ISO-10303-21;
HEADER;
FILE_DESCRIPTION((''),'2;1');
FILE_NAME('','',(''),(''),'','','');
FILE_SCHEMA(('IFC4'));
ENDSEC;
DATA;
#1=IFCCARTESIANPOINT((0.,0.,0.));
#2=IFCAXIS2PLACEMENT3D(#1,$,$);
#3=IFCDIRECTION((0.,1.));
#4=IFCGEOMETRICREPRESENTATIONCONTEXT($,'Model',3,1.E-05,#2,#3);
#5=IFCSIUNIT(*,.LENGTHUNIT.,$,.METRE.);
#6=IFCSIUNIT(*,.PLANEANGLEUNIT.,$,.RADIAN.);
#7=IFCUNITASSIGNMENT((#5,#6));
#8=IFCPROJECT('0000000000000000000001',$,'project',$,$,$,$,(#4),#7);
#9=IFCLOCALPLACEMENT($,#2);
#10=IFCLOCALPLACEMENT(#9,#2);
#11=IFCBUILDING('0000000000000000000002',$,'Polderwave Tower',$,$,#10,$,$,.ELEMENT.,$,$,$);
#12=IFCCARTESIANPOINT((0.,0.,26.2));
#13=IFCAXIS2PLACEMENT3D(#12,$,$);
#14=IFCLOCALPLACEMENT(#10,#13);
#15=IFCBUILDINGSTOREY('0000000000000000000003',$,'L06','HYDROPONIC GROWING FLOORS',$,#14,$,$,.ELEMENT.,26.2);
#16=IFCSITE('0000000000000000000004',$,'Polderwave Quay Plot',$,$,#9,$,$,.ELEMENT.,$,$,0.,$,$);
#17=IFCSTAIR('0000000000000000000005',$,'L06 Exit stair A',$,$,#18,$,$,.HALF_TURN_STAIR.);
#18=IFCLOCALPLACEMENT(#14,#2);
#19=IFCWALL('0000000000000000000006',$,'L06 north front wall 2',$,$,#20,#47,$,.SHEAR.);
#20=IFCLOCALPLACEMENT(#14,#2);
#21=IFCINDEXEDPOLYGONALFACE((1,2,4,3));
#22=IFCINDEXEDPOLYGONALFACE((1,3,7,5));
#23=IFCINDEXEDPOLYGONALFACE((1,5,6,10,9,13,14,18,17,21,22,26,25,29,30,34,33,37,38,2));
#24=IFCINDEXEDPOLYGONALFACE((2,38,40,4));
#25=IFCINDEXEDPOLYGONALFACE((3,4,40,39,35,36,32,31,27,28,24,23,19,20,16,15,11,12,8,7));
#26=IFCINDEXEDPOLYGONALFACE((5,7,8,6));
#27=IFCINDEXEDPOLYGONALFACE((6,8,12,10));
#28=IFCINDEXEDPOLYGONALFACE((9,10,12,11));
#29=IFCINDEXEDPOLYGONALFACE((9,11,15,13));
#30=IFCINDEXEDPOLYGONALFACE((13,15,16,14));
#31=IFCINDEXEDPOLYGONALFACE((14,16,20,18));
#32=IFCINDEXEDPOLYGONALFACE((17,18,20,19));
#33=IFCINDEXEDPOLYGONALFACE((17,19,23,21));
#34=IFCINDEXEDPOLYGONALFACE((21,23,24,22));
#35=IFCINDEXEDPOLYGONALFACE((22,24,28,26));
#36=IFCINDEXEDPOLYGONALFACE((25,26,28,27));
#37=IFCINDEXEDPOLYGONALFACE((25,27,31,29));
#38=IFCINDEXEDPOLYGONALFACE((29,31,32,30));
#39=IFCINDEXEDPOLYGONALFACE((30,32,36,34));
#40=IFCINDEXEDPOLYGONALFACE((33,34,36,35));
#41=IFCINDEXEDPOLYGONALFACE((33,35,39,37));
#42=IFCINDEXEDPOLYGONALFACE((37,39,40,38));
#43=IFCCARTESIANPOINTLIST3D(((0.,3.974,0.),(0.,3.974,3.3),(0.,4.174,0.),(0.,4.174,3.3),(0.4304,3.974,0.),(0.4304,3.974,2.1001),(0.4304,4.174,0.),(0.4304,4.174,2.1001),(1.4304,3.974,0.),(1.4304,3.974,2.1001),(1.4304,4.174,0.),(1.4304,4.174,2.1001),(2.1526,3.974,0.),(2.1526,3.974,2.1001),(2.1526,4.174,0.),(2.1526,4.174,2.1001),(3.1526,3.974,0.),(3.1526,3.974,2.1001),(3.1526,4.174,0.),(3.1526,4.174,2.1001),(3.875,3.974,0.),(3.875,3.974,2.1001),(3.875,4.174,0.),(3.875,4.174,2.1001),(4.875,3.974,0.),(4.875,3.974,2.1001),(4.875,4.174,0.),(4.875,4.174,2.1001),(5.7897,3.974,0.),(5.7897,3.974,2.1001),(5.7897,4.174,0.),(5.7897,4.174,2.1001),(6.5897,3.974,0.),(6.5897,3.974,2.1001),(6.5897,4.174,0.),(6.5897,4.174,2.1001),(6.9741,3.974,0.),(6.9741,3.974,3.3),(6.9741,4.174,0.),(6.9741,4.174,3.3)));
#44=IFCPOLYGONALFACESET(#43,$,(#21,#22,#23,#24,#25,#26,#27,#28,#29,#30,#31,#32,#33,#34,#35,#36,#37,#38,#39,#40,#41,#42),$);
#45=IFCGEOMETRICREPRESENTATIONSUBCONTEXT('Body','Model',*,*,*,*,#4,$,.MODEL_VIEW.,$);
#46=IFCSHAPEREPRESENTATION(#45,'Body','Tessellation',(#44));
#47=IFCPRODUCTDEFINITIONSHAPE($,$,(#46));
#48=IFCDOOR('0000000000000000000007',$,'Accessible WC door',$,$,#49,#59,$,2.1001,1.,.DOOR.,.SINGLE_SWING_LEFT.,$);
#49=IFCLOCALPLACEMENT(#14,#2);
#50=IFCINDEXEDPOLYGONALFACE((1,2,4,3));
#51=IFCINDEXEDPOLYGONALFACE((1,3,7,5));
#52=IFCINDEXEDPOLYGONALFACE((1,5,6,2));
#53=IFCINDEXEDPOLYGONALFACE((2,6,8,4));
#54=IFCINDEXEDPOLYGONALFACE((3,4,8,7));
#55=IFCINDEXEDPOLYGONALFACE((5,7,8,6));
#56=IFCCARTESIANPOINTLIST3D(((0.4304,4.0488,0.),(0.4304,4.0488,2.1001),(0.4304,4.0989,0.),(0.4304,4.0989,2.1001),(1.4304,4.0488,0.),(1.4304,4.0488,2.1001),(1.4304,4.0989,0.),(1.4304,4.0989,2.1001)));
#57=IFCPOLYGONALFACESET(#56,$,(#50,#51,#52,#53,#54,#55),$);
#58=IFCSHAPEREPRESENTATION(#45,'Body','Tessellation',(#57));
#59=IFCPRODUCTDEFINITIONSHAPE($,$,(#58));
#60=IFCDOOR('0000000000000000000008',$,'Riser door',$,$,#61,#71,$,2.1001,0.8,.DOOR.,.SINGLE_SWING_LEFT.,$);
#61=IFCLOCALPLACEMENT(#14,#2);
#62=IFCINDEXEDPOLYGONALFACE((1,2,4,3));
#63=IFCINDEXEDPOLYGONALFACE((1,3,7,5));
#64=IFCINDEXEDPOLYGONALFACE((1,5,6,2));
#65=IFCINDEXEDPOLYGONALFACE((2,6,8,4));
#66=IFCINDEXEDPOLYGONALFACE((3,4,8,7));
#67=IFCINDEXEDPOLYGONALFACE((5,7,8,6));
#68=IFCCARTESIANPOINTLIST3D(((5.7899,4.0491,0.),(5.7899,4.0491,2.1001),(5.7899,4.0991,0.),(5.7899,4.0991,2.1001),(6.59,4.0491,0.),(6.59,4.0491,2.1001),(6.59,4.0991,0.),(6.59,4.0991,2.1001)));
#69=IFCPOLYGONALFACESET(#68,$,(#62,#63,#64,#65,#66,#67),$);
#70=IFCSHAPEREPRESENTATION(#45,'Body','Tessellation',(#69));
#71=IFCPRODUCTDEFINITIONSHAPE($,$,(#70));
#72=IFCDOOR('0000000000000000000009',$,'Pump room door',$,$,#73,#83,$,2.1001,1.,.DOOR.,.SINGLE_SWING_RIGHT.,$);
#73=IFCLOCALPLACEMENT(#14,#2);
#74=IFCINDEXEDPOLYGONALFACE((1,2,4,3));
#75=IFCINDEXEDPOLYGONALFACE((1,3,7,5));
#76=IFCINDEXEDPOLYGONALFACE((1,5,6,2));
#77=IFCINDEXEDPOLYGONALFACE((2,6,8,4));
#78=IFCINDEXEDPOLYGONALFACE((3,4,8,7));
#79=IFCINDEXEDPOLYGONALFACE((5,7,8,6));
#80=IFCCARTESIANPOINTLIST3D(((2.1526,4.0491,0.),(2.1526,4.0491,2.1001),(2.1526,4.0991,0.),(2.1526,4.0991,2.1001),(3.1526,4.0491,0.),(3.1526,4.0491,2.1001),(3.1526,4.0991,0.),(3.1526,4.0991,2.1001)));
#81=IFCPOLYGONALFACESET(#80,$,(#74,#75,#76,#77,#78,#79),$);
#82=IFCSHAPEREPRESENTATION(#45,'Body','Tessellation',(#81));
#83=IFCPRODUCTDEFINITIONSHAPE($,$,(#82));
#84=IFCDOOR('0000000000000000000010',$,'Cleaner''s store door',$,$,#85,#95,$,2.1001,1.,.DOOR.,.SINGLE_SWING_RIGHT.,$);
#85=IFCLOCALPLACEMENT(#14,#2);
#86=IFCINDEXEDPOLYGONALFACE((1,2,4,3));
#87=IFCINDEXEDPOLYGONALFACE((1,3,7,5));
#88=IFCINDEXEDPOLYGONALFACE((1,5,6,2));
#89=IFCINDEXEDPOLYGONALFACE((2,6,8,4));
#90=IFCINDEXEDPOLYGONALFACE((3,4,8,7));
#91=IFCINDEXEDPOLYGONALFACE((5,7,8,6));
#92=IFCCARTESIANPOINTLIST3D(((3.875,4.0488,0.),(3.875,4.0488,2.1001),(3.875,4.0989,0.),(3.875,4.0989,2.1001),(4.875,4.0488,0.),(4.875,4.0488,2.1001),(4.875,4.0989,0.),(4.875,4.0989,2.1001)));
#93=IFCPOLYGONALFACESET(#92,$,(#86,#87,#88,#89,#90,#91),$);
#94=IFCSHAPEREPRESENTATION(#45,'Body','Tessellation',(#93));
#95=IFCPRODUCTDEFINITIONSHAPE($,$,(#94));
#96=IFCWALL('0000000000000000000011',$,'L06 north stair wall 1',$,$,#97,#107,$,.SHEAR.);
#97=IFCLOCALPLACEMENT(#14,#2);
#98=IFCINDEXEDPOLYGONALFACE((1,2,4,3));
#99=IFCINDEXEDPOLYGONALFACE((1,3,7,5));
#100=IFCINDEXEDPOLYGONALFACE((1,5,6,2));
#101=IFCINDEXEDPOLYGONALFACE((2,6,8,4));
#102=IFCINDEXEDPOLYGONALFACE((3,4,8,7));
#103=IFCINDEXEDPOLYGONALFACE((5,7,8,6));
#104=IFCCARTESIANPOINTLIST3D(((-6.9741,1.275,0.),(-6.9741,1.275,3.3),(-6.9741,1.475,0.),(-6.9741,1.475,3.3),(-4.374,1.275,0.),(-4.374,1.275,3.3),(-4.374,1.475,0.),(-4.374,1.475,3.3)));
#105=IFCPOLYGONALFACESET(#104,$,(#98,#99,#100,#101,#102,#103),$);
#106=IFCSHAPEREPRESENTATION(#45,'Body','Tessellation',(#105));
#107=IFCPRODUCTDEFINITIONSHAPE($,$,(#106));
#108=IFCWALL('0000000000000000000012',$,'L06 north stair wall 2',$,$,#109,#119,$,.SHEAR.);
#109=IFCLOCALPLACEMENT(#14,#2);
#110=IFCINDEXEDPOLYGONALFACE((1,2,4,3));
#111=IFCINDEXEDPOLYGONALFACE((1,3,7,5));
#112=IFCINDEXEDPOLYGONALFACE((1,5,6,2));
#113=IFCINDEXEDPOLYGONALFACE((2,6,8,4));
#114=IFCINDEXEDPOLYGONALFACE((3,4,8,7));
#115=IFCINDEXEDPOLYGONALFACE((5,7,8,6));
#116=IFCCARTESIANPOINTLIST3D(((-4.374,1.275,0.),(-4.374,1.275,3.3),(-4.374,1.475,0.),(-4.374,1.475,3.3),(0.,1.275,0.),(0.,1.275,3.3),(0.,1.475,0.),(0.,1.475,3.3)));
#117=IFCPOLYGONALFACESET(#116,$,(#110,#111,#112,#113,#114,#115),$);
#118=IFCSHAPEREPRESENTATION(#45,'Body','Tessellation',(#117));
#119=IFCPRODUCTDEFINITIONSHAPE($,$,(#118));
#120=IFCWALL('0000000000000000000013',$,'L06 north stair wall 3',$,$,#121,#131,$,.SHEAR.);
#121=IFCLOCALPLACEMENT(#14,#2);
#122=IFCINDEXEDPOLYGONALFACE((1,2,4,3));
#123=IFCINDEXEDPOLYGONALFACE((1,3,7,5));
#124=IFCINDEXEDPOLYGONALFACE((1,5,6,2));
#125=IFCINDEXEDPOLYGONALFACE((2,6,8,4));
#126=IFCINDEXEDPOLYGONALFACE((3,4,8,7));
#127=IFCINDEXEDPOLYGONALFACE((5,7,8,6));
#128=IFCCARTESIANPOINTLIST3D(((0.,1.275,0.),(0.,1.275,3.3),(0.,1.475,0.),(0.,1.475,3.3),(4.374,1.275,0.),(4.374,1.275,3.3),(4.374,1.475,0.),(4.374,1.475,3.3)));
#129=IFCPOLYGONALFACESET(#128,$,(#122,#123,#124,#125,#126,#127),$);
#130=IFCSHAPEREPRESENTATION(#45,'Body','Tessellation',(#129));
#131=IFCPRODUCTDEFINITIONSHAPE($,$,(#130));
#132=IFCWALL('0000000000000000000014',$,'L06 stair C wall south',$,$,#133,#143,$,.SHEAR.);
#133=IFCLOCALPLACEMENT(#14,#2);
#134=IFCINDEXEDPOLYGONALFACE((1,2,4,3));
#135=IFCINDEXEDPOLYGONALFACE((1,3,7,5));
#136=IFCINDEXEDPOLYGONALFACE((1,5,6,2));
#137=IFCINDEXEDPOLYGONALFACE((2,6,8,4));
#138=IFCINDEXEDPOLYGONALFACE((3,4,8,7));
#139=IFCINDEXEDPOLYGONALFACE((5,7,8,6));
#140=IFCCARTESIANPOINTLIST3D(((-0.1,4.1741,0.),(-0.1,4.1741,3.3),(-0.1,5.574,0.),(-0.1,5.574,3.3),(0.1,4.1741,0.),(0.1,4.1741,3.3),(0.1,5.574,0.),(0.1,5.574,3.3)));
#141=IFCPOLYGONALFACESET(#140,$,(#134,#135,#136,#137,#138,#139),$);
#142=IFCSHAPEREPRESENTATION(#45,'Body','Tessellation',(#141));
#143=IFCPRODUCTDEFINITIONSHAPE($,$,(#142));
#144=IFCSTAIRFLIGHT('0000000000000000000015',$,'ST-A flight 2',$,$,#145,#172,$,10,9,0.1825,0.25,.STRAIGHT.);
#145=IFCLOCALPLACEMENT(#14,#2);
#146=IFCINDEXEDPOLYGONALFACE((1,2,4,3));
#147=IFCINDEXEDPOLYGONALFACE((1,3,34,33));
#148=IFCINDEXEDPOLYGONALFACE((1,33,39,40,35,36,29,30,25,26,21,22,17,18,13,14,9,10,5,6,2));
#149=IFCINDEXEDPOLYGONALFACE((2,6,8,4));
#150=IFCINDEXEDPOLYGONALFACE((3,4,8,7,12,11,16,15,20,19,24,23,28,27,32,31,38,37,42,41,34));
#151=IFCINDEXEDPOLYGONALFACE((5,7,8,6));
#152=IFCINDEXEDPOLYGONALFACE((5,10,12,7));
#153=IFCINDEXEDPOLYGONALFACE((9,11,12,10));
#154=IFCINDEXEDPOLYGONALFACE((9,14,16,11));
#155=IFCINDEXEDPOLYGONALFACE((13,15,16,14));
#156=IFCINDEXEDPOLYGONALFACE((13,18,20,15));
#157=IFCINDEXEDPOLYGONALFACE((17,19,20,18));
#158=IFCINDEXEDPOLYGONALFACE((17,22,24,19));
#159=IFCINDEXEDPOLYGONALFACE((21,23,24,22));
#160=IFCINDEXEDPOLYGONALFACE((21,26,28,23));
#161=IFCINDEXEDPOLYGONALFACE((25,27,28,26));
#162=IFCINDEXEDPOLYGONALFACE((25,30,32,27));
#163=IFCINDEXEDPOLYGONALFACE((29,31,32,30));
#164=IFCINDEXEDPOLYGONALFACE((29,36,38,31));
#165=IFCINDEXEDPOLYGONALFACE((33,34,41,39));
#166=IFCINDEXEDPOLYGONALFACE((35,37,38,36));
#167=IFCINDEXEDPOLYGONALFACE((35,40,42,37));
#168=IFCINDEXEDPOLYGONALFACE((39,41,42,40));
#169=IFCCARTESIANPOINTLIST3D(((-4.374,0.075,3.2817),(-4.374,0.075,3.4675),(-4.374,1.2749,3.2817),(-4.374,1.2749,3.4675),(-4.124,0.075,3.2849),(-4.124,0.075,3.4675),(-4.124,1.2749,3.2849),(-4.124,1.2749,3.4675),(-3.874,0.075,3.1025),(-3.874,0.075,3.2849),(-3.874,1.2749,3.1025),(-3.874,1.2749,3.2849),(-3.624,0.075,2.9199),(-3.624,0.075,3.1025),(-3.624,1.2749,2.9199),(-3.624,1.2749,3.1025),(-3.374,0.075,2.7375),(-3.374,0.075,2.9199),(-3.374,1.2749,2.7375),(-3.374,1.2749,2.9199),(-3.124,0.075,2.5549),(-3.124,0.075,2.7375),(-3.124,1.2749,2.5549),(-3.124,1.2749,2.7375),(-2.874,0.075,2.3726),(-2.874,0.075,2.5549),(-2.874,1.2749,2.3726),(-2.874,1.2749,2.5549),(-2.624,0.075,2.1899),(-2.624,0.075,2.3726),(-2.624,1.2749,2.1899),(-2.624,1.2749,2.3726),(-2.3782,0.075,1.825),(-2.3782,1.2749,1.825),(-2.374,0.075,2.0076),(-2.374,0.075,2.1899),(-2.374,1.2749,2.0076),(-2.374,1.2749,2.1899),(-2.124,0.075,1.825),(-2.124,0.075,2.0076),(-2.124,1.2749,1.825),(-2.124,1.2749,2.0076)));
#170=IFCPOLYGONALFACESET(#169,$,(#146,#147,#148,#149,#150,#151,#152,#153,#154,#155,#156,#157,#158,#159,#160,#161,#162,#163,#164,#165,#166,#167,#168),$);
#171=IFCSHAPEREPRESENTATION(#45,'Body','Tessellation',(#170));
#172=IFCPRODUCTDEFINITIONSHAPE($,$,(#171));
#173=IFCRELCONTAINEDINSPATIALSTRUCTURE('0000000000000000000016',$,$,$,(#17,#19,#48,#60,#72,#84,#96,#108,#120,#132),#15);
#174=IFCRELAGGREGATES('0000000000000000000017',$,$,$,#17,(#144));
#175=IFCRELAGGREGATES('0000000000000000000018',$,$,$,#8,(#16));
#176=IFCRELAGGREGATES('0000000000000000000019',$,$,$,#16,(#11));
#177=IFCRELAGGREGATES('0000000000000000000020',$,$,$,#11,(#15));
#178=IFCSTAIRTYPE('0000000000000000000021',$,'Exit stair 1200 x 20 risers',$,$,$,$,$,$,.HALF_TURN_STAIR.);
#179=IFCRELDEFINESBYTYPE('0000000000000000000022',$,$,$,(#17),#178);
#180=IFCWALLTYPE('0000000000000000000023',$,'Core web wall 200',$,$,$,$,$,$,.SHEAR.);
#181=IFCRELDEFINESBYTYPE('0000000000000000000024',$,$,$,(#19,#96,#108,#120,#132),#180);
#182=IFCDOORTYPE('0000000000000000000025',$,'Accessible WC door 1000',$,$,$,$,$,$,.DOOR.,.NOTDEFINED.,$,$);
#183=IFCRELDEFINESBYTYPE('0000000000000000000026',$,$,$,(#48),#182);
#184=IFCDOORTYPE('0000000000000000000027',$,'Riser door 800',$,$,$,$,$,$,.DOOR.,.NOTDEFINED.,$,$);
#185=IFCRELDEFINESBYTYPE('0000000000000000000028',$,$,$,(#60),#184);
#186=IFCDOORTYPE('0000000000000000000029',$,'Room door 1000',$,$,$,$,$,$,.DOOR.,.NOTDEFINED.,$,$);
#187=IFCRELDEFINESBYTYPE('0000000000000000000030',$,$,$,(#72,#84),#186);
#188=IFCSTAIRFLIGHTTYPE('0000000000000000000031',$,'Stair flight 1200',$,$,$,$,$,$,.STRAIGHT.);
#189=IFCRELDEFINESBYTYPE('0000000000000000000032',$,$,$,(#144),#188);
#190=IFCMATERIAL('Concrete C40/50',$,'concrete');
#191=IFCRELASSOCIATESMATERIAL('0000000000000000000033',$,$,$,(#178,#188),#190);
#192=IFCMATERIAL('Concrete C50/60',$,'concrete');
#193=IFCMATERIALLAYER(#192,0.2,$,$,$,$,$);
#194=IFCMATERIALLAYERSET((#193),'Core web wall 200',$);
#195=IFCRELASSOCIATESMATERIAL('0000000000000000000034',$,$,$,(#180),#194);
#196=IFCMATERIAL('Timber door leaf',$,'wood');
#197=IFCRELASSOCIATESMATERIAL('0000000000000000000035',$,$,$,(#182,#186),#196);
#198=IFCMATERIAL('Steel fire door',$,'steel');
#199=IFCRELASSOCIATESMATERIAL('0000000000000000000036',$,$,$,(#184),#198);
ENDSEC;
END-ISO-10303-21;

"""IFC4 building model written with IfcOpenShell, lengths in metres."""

from ifc_helpers import new_model, si_unit, direction, frame, frame_2d, origin, place, context, subcontext, project, spatial, polyline, rectangle, outline, extrude, material, layer, layer_set, type_object, element, fill, aggregate, save


model = new_model("IFC4")

# Units and contexts
model_context = context("Model", 3, precision=1e-05, world=origin(), true_north=direction((0.0, 1.0)))
body_context = subcontext(model_context, "Body", "Model", "MODEL_VIEW")
ifc_project = project(units=[si_unit("LENGTHUNIT", "METRE"), si_unit("PLANEANGLEUNIT", "RADIAN")], contexts=[model_context])

# Site, building, storey
site_placement = place(None, origin())
site = spatial("IfcSite", under=ifc_project, at=site_placement, Name="Polderwave Quay Plot", CompositionType="ELEMENT", RefElevation=0.0)
building_placement = place(site_placement, origin())
building = spatial("IfcBuilding", under=site, at=building_placement, Name="Polderwave Tower", CompositionType="ELEMENT")
storey_placement = place(building_placement, frame((0.0, 0.0, 26.2)))
storey = spatial("IfcBuildingStorey", under=building, at=storey_placement, Name="L06", Description="HYDROPONIC GROWING FLOORS", CompositionType="ELEMENT", Elevation=26.2)

# Shared definitions
ifc_material_1 = material(Name="Concrete C40/50", Category="concrete")

# Stair
stair_type = type_object("IfcStairType", Name="Exit stair 1200 x 20 risers", PredefinedType="HALF_TURN_STAIR", material=ifc_material_1)
stair_1_placement = place(storey_placement, origin())
stair_1 = element("IfcStair", 1, at=stair_1_placement, inside=storey, type_object=stair_type, Name="L06 Exit stair A", PredefinedType="HALF_TURN_STAIR")

# Shared definitions
ifc_material_2 = material(Name="Steel fire door", Category="steel")

# Shared definitions
ifc_material_3 = material(Name="Concrete C50/60", Category="concrete")
ifc_layer_1 = layer(ifc_material_3, 0.2)
ifc_layer_set_1 = layer_set([ifc_layer_1], Name="Core web wall 200")
wall_type_1 = type_object("IfcWallType", Name="Core web wall 200", PredefinedType="SHEAR", material=ifc_layer_set_1)

# Wall, openings, doors
wall_1_placement = place(storey_placement, frame((0.0, 4.074, 0.0), z_axis=(0.0, 0.0, 1.0), x_axis=(1.0, 0.0, 0.0)))
wall_1 = element("IfcWall", 2, at=wall_1_placement, inside=storey, type_object=wall_type_1, Name="L06 north front wall 2", PredefinedType="SHEAR", context=body_context, shape_type="SweptSolid", body=[
    extrude(rectangle(XDim=6.9741, YDim=0.2, at=frame_2d((3.4871, 0.0))), origin(), (0.0, 0.0, 1.0), 3.3),
])
opening_1_placement = place(wall_1_placement, frame((0.4304, 0.0, 0.0)))
opening_1 = element("IfcOpeningElement", 3, at=opening_1_placement, cuts=wall_1, PredefinedType="OPENING", context=body_context, shape_type="SweptSolid", body=[
    extrude(rectangle(XDim=1.0, YDim=2.1001, at=frame_2d((0.5, 1.05))), frame((0.0, 0.1099, 0.0), z_axis=(0.0, -1.0, 0.0), x_axis=(1.0, 0.0, 0.0)), (0.0, 0.0, 1.0), 0.22),
])
opening_2_placement = place(wall_1_placement, frame((2.1526, 0.0, 0.0)))
opening_2 = element("IfcOpeningElement", 4, at=opening_2_placement, cuts=wall_1, PredefinedType="OPENING", context=body_context, shape_type="SweptSolid", body=[
    extrude(rectangle(XDim=1.0, YDim=2.1001, at=frame_2d((0.5, 1.05))), frame((0.0, 0.1099, 0.0), z_axis=(0.0, -1.0, 0.0), x_axis=(1.0, 0.0, 0.0)), (0.0, 0.0, 1.0), 0.22),
])
opening_3_placement = place(wall_1_placement, frame((3.875, 0.0, 0.0)))
opening_3 = element("IfcOpeningElement", 5, at=opening_3_placement, cuts=wall_1, PredefinedType="OPENING", context=body_context, shape_type="SweptSolid", body=[
    extrude(rectangle(XDim=1.0, YDim=2.1001, at=frame_2d((0.5, 1.05))), frame((0.0, 0.1099, 0.0), z_axis=(0.0, -1.0, 0.0), x_axis=(1.0, 0.0, 0.0)), (0.0, 0.0, 1.0), 0.22),
])
opening_4_placement = place(wall_1_placement, frame((5.7898, 0.0, 0.0)))
opening_4 = element("IfcOpeningElement", 6, at=opening_4_placement, cuts=wall_1, PredefinedType="OPENING", context=body_context, shape_type="SweptSolid", body=[
    extrude(rectangle(XDim=0.8, YDim=2.1001, at=frame_2d((0.3999, 1.05))), frame((0.0, 0.1099, 0.0), z_axis=(0.0, -1.0, 0.0), x_axis=(1.0, 0.0, 0.0)), (0.0, 0.0, 1.0), 0.22),
])
ifc_material_4 = material(Name="Timber door leaf", Category="wood")
door_type_1 = type_object("IfcDoorType", Name="Accessible WC door 1000", OperationType="NOTDEFINED", PredefinedType="DOOR", material=ifc_material_4)
door_1_placement = place(opening_1_placement, origin())
door_1 = element("IfcDoor", 7, at=door_1_placement, inside=storey, type_object=door_type_1, Name="Accessible WC door", OperationType="SINGLE_SWING_LEFT", OverallHeight=2.1001, OverallWidth=1.0, PredefinedType="DOOR", context=body_context, shape_type="SweptSolid", body=[
    extrude(rectangle(XDim=1.0, YDim=2.1001, at=frame_2d((0.5, 1.05))), frame((0.0, 0.0249, 0.0), z_axis=(0.0, -1.0, 0.0), x_axis=(1.0, 0.0, 0.0)), (0.0, 0.0, 1.0), 0.05),
])
fill(opening_1, door_1)
door_type_2 = type_object("IfcDoorType", Name="Riser door 800", OperationType="NOTDEFINED", PredefinedType="DOOR", material=ifc_material_2)
door_2_placement = place(opening_4_placement, frame((0.8, 0.0, 0.0), z_axis=(0.0, 0.0, 1.0), x_axis=(-1.0, 0.0, 0.0)))
door_2 = element("IfcDoor", 8, at=door_2_placement, inside=storey, type_object=door_type_2, Name="Riser door", OperationType="SINGLE_SWING_LEFT", OverallHeight=2.1001, OverallWidth=0.8, PredefinedType="DOOR", context=body_context, shape_type="SweptSolid", body=[
    extrude(rectangle(XDim=0.8, YDim=2.1001, at=frame_2d((0.3999, 1.05))), frame((0.0, 0.0249, 0.0), z_axis=(0.0, -1.0, 0.0), x_axis=(1.0, 0.0, 0.0)), (0.0, 0.0, 1.0), 0.05),
])
fill(opening_4, door_2)
door_type_3 = type_object("IfcDoorType", Name="Room door 1000", OperationType="NOTDEFINED", PredefinedType="DOOR", material=ifc_material_4)
door_3_placement = place(opening_2_placement, frame((1.0, 0.0, 0.0), z_axis=(0.0, 0.0, 1.0), x_axis=(-1.0, 0.0, 0.0)))
door_3 = element("IfcDoor", 9, at=door_3_placement, inside=storey, type_object=door_type_3, Name="Pump room door", OperationType="SINGLE_SWING_RIGHT", OverallHeight=2.1001, OverallWidth=1.0, PredefinedType="DOOR", context=body_context, shape_type="SweptSolid", body=[
    extrude(rectangle(XDim=1.0, YDim=2.1001, at=frame_2d((0.5, 1.05))), frame((0.0, 0.0249, 0.0), z_axis=(0.0, -1.0, 0.0), x_axis=(1.0, 0.0, 0.0)), (0.0, 0.0, 1.0), 0.05),
])
fill(opening_2, door_3)
door_4_placement = place(opening_3_placement, origin())
door_4 = element("IfcDoor", 10, at=door_4_placement, inside=storey, type_object=door_type_3, Name="Cleaner's store door", OperationType="SINGLE_SWING_RIGHT", OverallHeight=2.1001, OverallWidth=1.0, PredefinedType="DOOR", context=body_context, shape_type="SweptSolid", body=[
    extrude(rectangle(XDim=1.0, YDim=2.1001, at=frame_2d((0.5, 1.05))), frame((0.0, 0.0249, 0.0), z_axis=(0.0, -1.0, 0.0), x_axis=(1.0, 0.0, 0.0)), (0.0, 0.0, 1.0), 0.05),
])
fill(opening_3, door_4)

# Walls
wall_2_placement = place(storey_placement, frame((-6.9741, 1.375, 0.0), z_axis=(0.0, 0.0, 1.0), x_axis=(1.0, 0.0, 0.0)))
element("IfcWall", 11, at=wall_2_placement, inside=storey, type_object=wall_type_1, Name="L06 north stair wall 1", PredefinedType="SHEAR", context=body_context, shape_type="SweptSolid", body=[
    extrude(rectangle(XDim=2.6001, YDim=0.2, at=frame_2d((1.3, 0.0))), origin(), (0.0, 0.0, 1.0), 3.3),
])
for number, where, z_axis, x_axis, name in (
    (12, (-4.374, 1.375, 0.0), (0.0, 0.0, 1.0), (1.0, 0.0, 0.0), "L06 north stair wall 2"),
    (13, (0.0, 1.375, 0.0), (0.0, 0.0, 1.0), (1.0, 0.0, 0.0), "L06 north stair wall 3"),
):
    element("IfcWall", number, at=place(storey_placement, frame(where, z_axis=z_axis, x_axis=x_axis)), inside=storey, type_object=wall_type_1, Name=name, PredefinedType="SHEAR", context=body_context, shape_type="SweptSolid", body=[
        extrude(rectangle(XDim=4.374, YDim=0.2, at=frame_2d((2.187, 0.0))), origin(), (0.0, 0.0, 1.0), 3.3),
    ])
wall_3_placement = place(storey_placement, frame((0.0, 4.1741, 0.0), z_axis=(0.0, 0.0, 1.0), x_axis=(0.0, 1.0, 0.0)))
element("IfcWall", 14, at=wall_3_placement, inside=storey, type_object=wall_type_1, Name="L06 stair C wall south", PredefinedType="SHEAR", context=body_context, shape_type="SweptSolid", body=[
    extrude(rectangle(XDim=1.3999, YDim=0.2, at=frame_2d((0.7, 0.0))), origin(), (0.0, 0.0, 1.0), 3.3),
])

# Stair flight
stair_flight_type = type_object("IfcStairFlightType", Name="Stair flight 1200", PredefinedType="STRAIGHT", material=ifc_material_1)
stair_flight_1_placement = place(storey_placement, frame((-2.124, 0.675, 1.825), z_axis=(0.0, 0.0, 1.0), x_axis=(-1.0, 0.0, 0.0)))
stair_flight_1 = element("IfcStairFlight", 15, at=stair_flight_1_placement, type_object=stair_flight_type, Name="ST-A flight 2", NumberOfRisers=10, NumberOfTreads=9, PredefinedType="STRAIGHT", RiserHeight=0.1825, TreadLength=0.25, context=body_context, shape_type="SweptSolid", body=[
    extrude(outline(polyline([(0.0, 0.0), (0.0, 0.1826), (0.25, 0.1826), (0.25, 0.365), (0.5, 0.365), (0.5, 0.5476), (0.75, 0.5476), (0.75, 0.73), (1.0, 0.73), (1.0, 0.9126), (1.25, 0.9126), (1.25, 1.095), (1.5, 1.095), (1.5, 1.2776), (1.75, 1.2776), (1.75, 1.46), (2.0, 1.46), (2.0, 1.6426), (2.25, 1.6426), (2.25, 1.825), (2.25, 1.4568), (0.2542, 0.0), (0.0, 0.0)])), frame((0.0, 0.6001, 0.0), z_axis=(0.0, -1.0, 0.0), x_axis=(1.0, 0.0, 0.0)), (0.0, 0.0, 1.0), 1.2),
])
aggregate(stair_1, [stair_flight_1])

save(model, "model.ifc")
